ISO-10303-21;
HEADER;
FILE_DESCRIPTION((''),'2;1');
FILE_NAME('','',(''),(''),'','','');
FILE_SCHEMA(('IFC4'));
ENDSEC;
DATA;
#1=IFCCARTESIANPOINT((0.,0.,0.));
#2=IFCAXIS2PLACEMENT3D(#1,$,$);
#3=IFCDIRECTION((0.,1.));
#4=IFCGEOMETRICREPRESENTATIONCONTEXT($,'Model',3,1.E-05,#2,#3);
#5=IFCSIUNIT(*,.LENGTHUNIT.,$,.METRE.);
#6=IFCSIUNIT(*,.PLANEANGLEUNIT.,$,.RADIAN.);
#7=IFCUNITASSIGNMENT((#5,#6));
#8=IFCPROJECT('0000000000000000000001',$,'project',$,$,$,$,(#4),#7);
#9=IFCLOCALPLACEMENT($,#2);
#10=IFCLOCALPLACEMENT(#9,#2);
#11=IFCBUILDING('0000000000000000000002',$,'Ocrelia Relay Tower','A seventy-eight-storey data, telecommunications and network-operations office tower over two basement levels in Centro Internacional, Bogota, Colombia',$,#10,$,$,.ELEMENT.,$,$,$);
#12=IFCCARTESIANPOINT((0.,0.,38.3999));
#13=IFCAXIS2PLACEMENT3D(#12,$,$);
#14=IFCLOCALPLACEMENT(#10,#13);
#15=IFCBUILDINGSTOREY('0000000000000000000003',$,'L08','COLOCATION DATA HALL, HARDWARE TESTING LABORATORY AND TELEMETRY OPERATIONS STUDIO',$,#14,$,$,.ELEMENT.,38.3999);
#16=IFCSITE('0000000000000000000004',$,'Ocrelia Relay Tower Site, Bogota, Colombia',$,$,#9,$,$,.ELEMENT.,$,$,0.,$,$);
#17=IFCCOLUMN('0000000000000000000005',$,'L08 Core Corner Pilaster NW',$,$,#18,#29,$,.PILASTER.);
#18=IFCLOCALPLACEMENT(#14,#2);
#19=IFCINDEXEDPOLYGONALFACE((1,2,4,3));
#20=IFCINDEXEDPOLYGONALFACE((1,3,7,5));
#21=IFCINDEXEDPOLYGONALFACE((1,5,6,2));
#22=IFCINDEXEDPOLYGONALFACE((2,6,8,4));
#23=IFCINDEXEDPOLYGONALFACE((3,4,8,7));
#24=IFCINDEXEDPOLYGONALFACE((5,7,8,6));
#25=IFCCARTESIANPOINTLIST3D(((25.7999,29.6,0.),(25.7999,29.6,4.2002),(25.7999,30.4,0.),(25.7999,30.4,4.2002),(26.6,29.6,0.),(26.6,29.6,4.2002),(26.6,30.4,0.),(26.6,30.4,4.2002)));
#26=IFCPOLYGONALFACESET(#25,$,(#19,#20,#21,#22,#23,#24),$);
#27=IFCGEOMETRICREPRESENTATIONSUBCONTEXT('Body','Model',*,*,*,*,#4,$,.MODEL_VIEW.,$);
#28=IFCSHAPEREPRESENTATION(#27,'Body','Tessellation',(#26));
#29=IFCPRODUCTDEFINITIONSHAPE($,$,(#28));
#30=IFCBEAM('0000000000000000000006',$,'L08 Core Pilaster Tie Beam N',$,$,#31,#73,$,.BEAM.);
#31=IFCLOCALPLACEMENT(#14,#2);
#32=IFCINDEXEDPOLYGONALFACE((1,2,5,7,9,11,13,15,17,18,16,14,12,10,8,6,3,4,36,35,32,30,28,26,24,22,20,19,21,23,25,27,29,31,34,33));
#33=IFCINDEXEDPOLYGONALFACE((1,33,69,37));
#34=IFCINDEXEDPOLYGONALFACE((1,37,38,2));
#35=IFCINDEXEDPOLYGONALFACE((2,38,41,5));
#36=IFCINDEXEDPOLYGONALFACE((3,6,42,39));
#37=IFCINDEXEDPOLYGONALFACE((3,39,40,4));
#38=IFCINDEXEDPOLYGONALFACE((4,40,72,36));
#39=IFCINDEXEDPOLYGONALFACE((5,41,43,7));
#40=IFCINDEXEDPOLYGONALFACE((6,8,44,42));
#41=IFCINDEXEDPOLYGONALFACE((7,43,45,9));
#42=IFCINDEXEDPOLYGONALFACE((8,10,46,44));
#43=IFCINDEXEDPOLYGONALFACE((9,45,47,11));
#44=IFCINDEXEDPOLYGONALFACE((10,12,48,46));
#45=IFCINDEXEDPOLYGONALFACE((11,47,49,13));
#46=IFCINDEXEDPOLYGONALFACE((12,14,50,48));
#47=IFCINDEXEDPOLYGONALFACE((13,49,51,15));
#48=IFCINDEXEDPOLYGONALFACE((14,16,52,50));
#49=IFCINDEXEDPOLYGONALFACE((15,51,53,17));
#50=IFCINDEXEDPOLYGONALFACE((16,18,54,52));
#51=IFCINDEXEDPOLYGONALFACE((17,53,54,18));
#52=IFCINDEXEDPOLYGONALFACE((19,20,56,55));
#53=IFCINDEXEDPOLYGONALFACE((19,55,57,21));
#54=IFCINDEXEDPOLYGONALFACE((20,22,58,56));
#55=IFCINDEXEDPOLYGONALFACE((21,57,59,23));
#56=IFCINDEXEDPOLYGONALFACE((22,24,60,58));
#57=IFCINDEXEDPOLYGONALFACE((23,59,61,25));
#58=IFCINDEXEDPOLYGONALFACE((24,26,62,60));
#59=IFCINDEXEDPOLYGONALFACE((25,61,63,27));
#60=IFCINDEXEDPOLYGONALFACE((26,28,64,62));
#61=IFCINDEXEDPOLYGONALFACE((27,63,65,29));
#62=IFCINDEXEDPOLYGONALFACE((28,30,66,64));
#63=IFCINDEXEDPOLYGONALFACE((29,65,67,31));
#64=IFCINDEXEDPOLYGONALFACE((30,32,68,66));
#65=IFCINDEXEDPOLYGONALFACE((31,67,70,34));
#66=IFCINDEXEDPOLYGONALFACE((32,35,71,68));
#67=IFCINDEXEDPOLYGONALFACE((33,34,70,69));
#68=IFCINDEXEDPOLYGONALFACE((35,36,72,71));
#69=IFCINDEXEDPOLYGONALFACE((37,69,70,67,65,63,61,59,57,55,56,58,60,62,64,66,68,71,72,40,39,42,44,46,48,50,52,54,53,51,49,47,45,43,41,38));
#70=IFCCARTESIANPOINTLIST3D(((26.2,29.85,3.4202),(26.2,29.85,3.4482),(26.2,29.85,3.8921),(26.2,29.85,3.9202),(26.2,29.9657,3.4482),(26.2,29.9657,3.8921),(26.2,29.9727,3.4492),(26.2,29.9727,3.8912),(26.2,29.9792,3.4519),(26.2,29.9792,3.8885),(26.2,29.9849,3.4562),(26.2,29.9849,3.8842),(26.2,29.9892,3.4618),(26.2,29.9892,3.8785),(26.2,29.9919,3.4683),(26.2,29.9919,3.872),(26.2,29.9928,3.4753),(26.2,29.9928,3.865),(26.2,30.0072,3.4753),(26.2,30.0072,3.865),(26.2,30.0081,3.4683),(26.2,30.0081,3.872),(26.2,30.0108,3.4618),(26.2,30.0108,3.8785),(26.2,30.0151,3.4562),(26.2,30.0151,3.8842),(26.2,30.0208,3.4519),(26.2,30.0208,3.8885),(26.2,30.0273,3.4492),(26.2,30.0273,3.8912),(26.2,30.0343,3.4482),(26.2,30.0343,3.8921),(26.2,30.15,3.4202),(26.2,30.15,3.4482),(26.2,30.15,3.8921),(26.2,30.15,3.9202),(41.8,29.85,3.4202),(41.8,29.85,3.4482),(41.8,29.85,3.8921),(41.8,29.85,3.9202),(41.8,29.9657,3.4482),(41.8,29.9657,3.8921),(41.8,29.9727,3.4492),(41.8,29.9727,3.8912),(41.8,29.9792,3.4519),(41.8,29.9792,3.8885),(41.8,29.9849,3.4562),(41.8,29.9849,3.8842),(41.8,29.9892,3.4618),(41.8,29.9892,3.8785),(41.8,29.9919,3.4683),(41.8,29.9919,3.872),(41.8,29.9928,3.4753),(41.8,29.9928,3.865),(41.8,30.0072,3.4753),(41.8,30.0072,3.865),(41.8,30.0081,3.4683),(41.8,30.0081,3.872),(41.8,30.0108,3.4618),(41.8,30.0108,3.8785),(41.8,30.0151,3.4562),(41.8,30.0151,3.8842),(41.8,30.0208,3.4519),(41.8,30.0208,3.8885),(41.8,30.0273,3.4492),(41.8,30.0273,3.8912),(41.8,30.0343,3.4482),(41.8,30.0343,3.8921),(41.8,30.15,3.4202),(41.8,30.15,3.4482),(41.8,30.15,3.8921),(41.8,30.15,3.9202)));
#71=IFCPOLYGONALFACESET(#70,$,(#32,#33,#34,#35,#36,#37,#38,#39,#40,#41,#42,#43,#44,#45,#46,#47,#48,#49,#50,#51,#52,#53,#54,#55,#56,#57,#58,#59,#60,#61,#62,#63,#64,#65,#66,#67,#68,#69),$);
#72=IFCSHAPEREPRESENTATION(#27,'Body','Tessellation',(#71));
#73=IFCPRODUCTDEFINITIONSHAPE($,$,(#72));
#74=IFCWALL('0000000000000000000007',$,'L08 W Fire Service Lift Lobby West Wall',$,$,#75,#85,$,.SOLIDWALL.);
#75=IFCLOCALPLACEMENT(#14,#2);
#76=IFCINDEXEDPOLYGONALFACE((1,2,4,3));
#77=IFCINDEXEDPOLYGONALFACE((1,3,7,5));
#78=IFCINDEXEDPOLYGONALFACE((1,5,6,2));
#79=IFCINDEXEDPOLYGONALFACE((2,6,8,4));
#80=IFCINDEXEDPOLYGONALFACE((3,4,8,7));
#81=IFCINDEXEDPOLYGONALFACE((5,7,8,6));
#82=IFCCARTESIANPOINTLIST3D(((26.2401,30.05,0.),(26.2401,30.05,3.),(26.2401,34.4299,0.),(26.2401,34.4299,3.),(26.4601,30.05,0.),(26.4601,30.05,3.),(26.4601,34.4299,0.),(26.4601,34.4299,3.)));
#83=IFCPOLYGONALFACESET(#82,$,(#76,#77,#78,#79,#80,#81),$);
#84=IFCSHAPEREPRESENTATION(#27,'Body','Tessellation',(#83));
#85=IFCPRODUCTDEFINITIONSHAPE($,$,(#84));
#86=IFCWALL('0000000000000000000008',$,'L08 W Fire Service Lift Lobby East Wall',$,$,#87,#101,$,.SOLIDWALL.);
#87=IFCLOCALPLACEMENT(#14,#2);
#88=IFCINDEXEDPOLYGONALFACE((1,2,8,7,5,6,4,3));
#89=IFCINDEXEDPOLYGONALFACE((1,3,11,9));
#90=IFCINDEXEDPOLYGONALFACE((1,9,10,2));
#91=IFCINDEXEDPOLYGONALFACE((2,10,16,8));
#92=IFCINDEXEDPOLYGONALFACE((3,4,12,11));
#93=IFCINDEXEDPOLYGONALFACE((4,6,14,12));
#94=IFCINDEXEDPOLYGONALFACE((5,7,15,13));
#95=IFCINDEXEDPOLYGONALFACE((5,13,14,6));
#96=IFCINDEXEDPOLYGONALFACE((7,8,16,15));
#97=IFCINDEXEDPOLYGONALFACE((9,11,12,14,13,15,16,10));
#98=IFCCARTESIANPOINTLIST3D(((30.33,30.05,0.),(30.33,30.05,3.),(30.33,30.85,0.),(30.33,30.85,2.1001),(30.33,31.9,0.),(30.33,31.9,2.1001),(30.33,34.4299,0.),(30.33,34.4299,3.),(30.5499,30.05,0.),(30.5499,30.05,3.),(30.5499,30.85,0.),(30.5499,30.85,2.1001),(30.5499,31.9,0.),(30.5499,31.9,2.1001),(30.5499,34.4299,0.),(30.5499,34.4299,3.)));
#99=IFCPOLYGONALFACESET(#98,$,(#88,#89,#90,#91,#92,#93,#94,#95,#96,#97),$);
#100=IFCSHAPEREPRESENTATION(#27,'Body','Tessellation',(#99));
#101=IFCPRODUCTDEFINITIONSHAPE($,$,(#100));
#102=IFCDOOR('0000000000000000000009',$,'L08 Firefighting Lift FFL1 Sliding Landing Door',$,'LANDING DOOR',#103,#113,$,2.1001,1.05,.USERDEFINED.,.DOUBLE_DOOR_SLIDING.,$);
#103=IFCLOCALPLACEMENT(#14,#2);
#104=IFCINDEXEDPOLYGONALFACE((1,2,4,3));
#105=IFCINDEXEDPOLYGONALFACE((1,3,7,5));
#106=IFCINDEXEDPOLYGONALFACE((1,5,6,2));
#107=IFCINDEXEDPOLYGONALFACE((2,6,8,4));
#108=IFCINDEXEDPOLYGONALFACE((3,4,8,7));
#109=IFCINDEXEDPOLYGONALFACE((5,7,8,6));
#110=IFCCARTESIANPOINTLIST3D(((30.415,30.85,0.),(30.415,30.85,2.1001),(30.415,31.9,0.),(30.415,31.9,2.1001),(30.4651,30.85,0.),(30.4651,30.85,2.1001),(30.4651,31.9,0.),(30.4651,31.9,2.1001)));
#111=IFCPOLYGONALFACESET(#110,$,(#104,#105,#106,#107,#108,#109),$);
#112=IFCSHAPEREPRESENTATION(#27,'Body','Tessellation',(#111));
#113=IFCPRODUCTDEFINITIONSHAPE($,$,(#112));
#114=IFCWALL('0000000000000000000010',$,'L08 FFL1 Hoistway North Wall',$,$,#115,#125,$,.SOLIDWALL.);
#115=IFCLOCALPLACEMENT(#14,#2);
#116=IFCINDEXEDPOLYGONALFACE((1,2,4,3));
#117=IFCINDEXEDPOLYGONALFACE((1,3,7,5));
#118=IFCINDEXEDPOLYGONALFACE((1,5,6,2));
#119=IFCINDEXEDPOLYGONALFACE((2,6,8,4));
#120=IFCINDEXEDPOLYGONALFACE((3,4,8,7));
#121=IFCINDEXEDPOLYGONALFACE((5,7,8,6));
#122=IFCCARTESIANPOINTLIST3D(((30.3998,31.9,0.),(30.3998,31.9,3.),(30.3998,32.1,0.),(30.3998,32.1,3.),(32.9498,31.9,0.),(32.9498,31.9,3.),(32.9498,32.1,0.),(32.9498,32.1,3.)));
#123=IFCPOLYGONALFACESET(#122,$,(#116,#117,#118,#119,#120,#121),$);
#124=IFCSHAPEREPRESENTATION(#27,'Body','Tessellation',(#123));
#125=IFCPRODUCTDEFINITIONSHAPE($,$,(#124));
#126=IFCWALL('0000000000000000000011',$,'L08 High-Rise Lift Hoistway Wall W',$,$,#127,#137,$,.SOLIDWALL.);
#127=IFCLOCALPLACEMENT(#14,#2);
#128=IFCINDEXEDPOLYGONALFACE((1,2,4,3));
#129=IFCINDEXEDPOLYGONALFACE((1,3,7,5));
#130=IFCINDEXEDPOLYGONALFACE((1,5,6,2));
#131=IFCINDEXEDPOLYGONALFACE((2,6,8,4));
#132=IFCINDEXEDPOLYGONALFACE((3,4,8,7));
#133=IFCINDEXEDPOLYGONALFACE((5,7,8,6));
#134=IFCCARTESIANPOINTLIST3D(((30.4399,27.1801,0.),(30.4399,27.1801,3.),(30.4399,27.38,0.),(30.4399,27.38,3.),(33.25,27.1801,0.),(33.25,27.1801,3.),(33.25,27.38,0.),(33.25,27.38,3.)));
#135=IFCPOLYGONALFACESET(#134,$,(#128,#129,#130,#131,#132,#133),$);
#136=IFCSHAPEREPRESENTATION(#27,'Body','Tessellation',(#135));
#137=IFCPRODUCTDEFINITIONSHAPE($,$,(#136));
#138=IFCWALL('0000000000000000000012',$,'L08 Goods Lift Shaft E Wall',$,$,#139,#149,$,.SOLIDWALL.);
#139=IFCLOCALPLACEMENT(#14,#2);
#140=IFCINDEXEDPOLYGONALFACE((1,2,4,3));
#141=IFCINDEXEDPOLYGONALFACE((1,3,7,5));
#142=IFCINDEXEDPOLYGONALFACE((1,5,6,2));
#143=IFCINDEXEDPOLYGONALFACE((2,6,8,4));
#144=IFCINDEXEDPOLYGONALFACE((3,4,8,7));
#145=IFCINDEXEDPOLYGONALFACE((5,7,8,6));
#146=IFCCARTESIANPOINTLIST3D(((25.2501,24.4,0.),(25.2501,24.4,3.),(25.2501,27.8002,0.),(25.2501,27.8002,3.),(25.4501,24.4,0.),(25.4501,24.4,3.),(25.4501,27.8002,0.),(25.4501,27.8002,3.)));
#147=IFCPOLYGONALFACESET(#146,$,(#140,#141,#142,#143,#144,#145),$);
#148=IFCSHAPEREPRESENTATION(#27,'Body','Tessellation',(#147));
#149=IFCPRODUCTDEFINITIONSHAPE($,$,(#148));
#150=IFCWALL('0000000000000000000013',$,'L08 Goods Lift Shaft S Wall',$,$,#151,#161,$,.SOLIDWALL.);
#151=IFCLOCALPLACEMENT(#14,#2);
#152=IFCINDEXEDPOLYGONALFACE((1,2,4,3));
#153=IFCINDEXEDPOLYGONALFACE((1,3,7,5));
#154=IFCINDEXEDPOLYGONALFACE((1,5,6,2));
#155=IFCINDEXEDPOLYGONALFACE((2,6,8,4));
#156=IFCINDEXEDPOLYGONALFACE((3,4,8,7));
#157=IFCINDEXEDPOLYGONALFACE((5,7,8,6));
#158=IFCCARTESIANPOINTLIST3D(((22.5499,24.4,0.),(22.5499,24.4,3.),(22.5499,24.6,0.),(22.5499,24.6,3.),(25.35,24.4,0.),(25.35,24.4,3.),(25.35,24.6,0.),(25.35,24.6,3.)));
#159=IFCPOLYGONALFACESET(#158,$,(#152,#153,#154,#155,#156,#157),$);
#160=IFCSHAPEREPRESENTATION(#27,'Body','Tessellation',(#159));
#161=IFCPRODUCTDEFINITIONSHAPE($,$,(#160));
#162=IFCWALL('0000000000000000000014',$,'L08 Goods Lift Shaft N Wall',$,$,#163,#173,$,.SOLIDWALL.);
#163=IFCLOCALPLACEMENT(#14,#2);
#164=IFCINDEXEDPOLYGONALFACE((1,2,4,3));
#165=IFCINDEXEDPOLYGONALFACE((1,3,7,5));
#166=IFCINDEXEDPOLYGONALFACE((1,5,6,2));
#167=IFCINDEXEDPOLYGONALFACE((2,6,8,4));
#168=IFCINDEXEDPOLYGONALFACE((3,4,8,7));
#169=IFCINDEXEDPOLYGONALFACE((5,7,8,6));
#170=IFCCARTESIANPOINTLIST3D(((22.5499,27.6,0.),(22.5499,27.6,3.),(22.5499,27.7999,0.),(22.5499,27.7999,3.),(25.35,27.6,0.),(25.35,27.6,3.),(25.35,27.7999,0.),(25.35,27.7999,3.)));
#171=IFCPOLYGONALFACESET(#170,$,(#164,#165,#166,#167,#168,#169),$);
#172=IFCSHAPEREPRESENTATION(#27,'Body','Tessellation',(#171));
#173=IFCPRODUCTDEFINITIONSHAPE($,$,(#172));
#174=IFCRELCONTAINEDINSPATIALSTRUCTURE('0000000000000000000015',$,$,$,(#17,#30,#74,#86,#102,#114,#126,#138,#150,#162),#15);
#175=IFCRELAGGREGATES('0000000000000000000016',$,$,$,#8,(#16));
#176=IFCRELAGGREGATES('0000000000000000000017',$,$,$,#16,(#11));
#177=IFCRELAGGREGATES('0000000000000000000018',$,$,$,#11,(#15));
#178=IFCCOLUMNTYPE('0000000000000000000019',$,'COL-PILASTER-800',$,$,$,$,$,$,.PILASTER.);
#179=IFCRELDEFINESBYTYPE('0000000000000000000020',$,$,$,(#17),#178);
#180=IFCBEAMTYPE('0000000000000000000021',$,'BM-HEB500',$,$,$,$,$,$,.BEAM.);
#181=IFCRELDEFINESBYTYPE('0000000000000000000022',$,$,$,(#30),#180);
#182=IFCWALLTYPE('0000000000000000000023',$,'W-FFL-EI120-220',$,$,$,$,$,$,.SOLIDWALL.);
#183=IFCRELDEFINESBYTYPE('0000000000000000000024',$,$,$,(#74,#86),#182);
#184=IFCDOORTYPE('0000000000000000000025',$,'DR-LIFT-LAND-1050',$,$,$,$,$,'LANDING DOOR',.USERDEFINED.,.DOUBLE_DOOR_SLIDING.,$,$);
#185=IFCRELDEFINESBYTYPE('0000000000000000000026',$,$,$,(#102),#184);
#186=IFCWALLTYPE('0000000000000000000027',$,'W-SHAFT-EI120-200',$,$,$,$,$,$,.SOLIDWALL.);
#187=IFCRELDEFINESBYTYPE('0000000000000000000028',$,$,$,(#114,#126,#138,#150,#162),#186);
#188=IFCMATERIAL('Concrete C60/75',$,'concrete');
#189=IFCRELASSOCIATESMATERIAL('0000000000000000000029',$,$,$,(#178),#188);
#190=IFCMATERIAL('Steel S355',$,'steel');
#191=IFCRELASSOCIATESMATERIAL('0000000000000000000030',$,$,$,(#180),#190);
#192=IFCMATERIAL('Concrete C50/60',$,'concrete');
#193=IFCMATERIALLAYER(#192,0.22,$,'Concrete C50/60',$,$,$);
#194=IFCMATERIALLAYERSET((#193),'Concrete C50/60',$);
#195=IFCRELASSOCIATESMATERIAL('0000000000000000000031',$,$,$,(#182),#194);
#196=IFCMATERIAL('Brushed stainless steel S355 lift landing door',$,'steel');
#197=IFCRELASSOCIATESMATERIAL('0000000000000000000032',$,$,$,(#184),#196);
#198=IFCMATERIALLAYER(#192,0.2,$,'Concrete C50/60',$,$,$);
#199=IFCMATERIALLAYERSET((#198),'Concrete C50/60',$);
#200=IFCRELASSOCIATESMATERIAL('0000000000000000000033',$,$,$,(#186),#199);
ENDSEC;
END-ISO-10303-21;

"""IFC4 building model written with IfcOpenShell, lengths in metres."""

from ifc_helpers import new_model, si_unit, direction, frame, frame_2d, origin, origin_2d, place, context, subcontext, project, spatial, rectangle, i_section, extrude, material, layer, layer_set, material_profile, profile_set, type_object, element, fill, save


model = new_model("IFC4")

# Units and contexts
model_context = context("Model", 3, precision=1e-05, world=origin(), true_north=direction((0.0, 1.0)))
body_context = subcontext(model_context, "Body", "Model", "MODEL_VIEW")
ifc_project = project(units=[si_unit("LENGTHUNIT", "METRE"), si_unit("PLANEANGLEUNIT", "RADIAN")], contexts=[model_context])

# Site, building, storey
site_placement = place(None, origin())
site = spatial("IfcSite", under=ifc_project, at=site_placement, Name="Ocrelia Relay Tower Site, Bogota, Colombia", CompositionType="ELEMENT", RefElevation=0.0)
building_placement = place(site_placement, origin())
building = spatial("IfcBuilding", under=site, at=building_placement, Name="Ocrelia Relay Tower", Description="A seventy-eight-storey data, telecommunications and network-operations office tower over two basement levels in Centro Internacional, Bogota, Colombia", CompositionType="ELEMENT")
storey_placement = place(building_placement, frame((0.0, 0.0, 38.3999)))
storey = spatial("IfcBuildingStorey", under=building, at=storey_placement, Name="L08", Description="COLOCATION DATA HALL, HARDWARE TESTING LABORATORY AND TELEMETRY OPERATIONS STUDIO", CompositionType="ELEMENT", Elevation=38.3999)

# Column
ifc_material_1 = material(Name="Concrete C60/75", Category="concrete")
ifc_material_profile_1 = material_profile(ifc_material_1, rectangle(XDim=0.8, YDim=0.8, at=origin_2d()), Name="RC-COL-800x800")
ifc_profile_set_1 = profile_set([ifc_material_profile_1], Name="Concrete C60/75")
column_type = type_object("IfcColumnType", Name="COL-PILASTER-800", PredefinedType="PILASTER", material=ifc_profile_set_1)
column_placement = place(storey_placement, frame((26.2, 30.0, 0.0), z_axis=(0.0, 0.0, 1.0), x_axis=(1.0, 0.0, 0.0)))
element("IfcColumn", 1, at=column_placement, inside=storey, type_object=column_type, Name="L08 Core Corner Pilaster NW", PredefinedType="PILASTER", context=body_context, shape_type="SweptSolid", body=[
    extrude(rectangle(XDim=0.8, YDim=0.8, at=origin_2d()), origin(), (0.0, 0.0, 1.0), 4.2002),
])

# Beam
ifc_material_2 = material(Name="Steel S355", Category="steel")
ifc_material_profile_2 = material_profile(ifc_material_2, i_section(OverallWidth=0.3, OverallDepth=0.5, WebThickness=0.0144, FlangeThickness=0.0281, FilletRadius=0.0271, at=origin_2d()), Name="HEB 500")
ifc_profile_set_2 = profile_set([ifc_material_profile_2], Name="Steel S355")
beam_type = type_object("IfcBeamType", Name="BM-HEB500", PredefinedType="BEAM", material=ifc_profile_set_2)
beam_placement = place(storey_placement, frame((26.2, 30.0, 3.6702), z_axis=(1.0, 0.0, 0.0), x_axis=(0.0, 1.0, 0.0)))
element("IfcBeam", 2, at=beam_placement, inside=storey, type_object=beam_type, Name="L08 Core Pilaster Tie Beam N", PredefinedType="BEAM", context=body_context, shape_type="SweptSolid", body=[
    extrude(i_section(OverallWidth=0.3, OverallDepth=0.5, WebThickness=0.0144, FlangeThickness=0.0281, FilletRadius=0.0271, at=origin_2d()), origin(), (0.0, 0.0, 1.0), 15.6001),
])

# Wall
ifc_material_3 = material(Name="Concrete C50/60", Category="concrete")
ifc_layer_1 = layer(ifc_material_3, 0.22, Name="Concrete C50/60")
ifc_layer_set_1 = layer_set([ifc_layer_1], Name="Concrete C50/60")
wall_type_1 = type_object("IfcWallType", Name="W-FFL-EI120-220", PredefinedType="SOLIDWALL", material=ifc_layer_set_1)
wall_1_placement = place(storey_placement, frame((26.3501, 30.05, 0.0), z_axis=(0.0, 0.0, 1.0), x_axis=(0.0, 1.0, 0.0)))
element("IfcWall", 3, at=wall_1_placement, inside=storey, type_object=wall_type_1, Name="L08 W Fire Service Lift Lobby West Wall", PredefinedType="SOLIDWALL", context=body_context, shape_type="SweptSolid", body=[
    extrude(rectangle(XDim=4.3799, YDim=0.22, at=frame_2d((2.1899, 0.0))), origin(), (0.0, 0.0, 1.0), 3.0),
])

# Wall, opening, door
wall_2_placement = place(storey_placement, frame((30.4399, 30.05, 0.0), z_axis=(0.0, 0.0, 1.0), x_axis=(0.0, 1.0, 0.0)))
wall_2 = element("IfcWall", 4, at=wall_2_placement, inside=storey, type_object=wall_type_1, Name="L08 W Fire Service Lift Lobby East Wall", PredefinedType="SOLIDWALL", context=body_context, shape_type="SweptSolid", body=[
    extrude(rectangle(XDim=4.3799, YDim=0.22, at=frame_2d((2.1899, 0.0))), origin(), (0.0, 0.0, 1.0), 3.0),
])
opening_1_placement = place(wall_2_placement, frame((0.8, 0.0, 0.0)))
opening_1 = element("IfcOpeningElement", 5, at=opening_1_placement, cuts=wall_2, PredefinedType="OPENING", context=body_context, shape_type="SweptSolid", body=[
    extrude(rectangle(XDim=1.05, YDim=2.1001, at=frame_2d((0.5249, 1.05))), frame((0.0, 0.1201, 0.0), z_axis=(0.0, -1.0, 0.0), x_axis=(1.0, 0.0, 0.0)), (0.0, 0.0, 1.0), 0.24),
])
ifc_material_4 = material(Name="Brushed stainless steel S355 lift landing door", Category="steel")
door_type_1 = type_object("IfcDoorType", Name="DR-LIFT-LAND-1050", ElementType="LANDING DOOR", OperationType="DOUBLE_DOOR_SLIDING", PredefinedType="USERDEFINED", material=ifc_material_4)
door_1_placement = place(opening_1_placement, origin())
door_1 = element("IfcDoor", 6, at=door_1_placement, inside=storey, type_object=door_type_1, Name="L08 Firefighting Lift FFL1 Sliding Landing Door", ObjectType="LANDING DOOR", OperationType="DOUBLE_DOOR_SLIDING", OverallHeight=2.1001, OverallWidth=1.05, PredefinedType="USERDEFINED", context=body_context, shape_type="SweptSolid", body=[
    extrude(rectangle(XDim=1.05, YDim=2.1001, at=frame_2d((0.5249, 1.05))), frame((0.0, 0.0249, 0.0), z_axis=(0.0, -1.0, 0.0), x_axis=(1.0, 0.0, 0.0)), (0.0, 0.0, 1.0), 0.05),
])
fill(opening_1, door_1)

# Walls
ifc_layer_2 = layer(ifc_material_3, 0.2, Name="Concrete C50/60")
ifc_layer_set_2 = layer_set([ifc_layer_2], Name="Concrete C50/60")
wall_type_2 = type_object("IfcWallType", Name="W-SHAFT-EI120-200", PredefinedType="SOLIDWALL", material=ifc_layer_set_2)
wall_3_placement = place(storey_placement, frame((30.3999, 32.0, 0.0), z_axis=(0.0, 0.0, 1.0), x_axis=(1.0, 0.0, 0.0)))
element("IfcWall", 7, at=wall_3_placement, inside=storey, type_object=wall_type_2, Name="L08 FFL1 Hoistway North Wall", PredefinedType="SOLIDWALL", context=body_context, shape_type="SweptSolid", body=[
    extrude(rectangle(XDim=2.55, YDim=0.2, at=frame_2d((1.2749, 0.0))), origin(), (0.0, 0.0, 1.0), 3.0),
])
wall_4_placement = place(storey_placement, frame((30.4399, 27.28, 0.0), z_axis=(0.0, 0.0, 1.0), x_axis=(1.0, 0.0, 0.0)))
element("IfcWall", 8, at=wall_4_placement, inside=storey, type_object=wall_type_2, Name="L08 High-Rise Lift Hoistway Wall W", PredefinedType="SOLIDWALL", context=body_context, shape_type="SweptSolid", body=[
    extrude(rectangle(XDim=2.8101, YDim=0.2, at=frame_2d((1.405, 0.0))), origin(), (0.0, 0.0, 1.0), 3.0),
])
wall_5_placement = place(storey_placement, frame((25.3501, 24.3999, 0.0), z_axis=(0.0, 0.0, 1.0), x_axis=(0.0, 1.0, 0.0)))
element("IfcWall", 9, at=wall_5_placement, inside=storey, type_object=wall_type_2, Name="L08 Goods Lift Shaft E Wall", PredefinedType="SOLIDWALL", context=body_context, shape_type="SweptSolid", body=[
    extrude(rectangle(XDim=3.4001, YDim=0.2, at=frame_2d((1.7002, 0.0))), origin(), (0.0, 0.0, 1.0), 3.0),
])
for number, where, z_axis, x_axis, name in (
    (10, (22.55, 24.5, 0.0), (0.0, 0.0, 1.0), (1.0, 0.0, 0.0), "L08 Goods Lift Shaft S Wall"),
    (11, (22.55, 27.7, 0.0), (0.0, 0.0, 1.0), (1.0, 0.0, 0.0), "L08 Goods Lift Shaft N Wall"),
):
    element("IfcWall", number, at=place(storey_placement, frame(where, z_axis=z_axis, x_axis=x_axis)), inside=storey, type_object=wall_type_2, Name=name, PredefinedType="SOLIDWALL", context=body_context, shape_type="SweptSolid", body=[
        extrude(rectangle(XDim=2.8, YDim=0.2, at=frame_2d((1.3999, 0.0))), origin(), (0.0, 0.0, 1.0), 3.0),
    ])

save(model, "model.ifc")
